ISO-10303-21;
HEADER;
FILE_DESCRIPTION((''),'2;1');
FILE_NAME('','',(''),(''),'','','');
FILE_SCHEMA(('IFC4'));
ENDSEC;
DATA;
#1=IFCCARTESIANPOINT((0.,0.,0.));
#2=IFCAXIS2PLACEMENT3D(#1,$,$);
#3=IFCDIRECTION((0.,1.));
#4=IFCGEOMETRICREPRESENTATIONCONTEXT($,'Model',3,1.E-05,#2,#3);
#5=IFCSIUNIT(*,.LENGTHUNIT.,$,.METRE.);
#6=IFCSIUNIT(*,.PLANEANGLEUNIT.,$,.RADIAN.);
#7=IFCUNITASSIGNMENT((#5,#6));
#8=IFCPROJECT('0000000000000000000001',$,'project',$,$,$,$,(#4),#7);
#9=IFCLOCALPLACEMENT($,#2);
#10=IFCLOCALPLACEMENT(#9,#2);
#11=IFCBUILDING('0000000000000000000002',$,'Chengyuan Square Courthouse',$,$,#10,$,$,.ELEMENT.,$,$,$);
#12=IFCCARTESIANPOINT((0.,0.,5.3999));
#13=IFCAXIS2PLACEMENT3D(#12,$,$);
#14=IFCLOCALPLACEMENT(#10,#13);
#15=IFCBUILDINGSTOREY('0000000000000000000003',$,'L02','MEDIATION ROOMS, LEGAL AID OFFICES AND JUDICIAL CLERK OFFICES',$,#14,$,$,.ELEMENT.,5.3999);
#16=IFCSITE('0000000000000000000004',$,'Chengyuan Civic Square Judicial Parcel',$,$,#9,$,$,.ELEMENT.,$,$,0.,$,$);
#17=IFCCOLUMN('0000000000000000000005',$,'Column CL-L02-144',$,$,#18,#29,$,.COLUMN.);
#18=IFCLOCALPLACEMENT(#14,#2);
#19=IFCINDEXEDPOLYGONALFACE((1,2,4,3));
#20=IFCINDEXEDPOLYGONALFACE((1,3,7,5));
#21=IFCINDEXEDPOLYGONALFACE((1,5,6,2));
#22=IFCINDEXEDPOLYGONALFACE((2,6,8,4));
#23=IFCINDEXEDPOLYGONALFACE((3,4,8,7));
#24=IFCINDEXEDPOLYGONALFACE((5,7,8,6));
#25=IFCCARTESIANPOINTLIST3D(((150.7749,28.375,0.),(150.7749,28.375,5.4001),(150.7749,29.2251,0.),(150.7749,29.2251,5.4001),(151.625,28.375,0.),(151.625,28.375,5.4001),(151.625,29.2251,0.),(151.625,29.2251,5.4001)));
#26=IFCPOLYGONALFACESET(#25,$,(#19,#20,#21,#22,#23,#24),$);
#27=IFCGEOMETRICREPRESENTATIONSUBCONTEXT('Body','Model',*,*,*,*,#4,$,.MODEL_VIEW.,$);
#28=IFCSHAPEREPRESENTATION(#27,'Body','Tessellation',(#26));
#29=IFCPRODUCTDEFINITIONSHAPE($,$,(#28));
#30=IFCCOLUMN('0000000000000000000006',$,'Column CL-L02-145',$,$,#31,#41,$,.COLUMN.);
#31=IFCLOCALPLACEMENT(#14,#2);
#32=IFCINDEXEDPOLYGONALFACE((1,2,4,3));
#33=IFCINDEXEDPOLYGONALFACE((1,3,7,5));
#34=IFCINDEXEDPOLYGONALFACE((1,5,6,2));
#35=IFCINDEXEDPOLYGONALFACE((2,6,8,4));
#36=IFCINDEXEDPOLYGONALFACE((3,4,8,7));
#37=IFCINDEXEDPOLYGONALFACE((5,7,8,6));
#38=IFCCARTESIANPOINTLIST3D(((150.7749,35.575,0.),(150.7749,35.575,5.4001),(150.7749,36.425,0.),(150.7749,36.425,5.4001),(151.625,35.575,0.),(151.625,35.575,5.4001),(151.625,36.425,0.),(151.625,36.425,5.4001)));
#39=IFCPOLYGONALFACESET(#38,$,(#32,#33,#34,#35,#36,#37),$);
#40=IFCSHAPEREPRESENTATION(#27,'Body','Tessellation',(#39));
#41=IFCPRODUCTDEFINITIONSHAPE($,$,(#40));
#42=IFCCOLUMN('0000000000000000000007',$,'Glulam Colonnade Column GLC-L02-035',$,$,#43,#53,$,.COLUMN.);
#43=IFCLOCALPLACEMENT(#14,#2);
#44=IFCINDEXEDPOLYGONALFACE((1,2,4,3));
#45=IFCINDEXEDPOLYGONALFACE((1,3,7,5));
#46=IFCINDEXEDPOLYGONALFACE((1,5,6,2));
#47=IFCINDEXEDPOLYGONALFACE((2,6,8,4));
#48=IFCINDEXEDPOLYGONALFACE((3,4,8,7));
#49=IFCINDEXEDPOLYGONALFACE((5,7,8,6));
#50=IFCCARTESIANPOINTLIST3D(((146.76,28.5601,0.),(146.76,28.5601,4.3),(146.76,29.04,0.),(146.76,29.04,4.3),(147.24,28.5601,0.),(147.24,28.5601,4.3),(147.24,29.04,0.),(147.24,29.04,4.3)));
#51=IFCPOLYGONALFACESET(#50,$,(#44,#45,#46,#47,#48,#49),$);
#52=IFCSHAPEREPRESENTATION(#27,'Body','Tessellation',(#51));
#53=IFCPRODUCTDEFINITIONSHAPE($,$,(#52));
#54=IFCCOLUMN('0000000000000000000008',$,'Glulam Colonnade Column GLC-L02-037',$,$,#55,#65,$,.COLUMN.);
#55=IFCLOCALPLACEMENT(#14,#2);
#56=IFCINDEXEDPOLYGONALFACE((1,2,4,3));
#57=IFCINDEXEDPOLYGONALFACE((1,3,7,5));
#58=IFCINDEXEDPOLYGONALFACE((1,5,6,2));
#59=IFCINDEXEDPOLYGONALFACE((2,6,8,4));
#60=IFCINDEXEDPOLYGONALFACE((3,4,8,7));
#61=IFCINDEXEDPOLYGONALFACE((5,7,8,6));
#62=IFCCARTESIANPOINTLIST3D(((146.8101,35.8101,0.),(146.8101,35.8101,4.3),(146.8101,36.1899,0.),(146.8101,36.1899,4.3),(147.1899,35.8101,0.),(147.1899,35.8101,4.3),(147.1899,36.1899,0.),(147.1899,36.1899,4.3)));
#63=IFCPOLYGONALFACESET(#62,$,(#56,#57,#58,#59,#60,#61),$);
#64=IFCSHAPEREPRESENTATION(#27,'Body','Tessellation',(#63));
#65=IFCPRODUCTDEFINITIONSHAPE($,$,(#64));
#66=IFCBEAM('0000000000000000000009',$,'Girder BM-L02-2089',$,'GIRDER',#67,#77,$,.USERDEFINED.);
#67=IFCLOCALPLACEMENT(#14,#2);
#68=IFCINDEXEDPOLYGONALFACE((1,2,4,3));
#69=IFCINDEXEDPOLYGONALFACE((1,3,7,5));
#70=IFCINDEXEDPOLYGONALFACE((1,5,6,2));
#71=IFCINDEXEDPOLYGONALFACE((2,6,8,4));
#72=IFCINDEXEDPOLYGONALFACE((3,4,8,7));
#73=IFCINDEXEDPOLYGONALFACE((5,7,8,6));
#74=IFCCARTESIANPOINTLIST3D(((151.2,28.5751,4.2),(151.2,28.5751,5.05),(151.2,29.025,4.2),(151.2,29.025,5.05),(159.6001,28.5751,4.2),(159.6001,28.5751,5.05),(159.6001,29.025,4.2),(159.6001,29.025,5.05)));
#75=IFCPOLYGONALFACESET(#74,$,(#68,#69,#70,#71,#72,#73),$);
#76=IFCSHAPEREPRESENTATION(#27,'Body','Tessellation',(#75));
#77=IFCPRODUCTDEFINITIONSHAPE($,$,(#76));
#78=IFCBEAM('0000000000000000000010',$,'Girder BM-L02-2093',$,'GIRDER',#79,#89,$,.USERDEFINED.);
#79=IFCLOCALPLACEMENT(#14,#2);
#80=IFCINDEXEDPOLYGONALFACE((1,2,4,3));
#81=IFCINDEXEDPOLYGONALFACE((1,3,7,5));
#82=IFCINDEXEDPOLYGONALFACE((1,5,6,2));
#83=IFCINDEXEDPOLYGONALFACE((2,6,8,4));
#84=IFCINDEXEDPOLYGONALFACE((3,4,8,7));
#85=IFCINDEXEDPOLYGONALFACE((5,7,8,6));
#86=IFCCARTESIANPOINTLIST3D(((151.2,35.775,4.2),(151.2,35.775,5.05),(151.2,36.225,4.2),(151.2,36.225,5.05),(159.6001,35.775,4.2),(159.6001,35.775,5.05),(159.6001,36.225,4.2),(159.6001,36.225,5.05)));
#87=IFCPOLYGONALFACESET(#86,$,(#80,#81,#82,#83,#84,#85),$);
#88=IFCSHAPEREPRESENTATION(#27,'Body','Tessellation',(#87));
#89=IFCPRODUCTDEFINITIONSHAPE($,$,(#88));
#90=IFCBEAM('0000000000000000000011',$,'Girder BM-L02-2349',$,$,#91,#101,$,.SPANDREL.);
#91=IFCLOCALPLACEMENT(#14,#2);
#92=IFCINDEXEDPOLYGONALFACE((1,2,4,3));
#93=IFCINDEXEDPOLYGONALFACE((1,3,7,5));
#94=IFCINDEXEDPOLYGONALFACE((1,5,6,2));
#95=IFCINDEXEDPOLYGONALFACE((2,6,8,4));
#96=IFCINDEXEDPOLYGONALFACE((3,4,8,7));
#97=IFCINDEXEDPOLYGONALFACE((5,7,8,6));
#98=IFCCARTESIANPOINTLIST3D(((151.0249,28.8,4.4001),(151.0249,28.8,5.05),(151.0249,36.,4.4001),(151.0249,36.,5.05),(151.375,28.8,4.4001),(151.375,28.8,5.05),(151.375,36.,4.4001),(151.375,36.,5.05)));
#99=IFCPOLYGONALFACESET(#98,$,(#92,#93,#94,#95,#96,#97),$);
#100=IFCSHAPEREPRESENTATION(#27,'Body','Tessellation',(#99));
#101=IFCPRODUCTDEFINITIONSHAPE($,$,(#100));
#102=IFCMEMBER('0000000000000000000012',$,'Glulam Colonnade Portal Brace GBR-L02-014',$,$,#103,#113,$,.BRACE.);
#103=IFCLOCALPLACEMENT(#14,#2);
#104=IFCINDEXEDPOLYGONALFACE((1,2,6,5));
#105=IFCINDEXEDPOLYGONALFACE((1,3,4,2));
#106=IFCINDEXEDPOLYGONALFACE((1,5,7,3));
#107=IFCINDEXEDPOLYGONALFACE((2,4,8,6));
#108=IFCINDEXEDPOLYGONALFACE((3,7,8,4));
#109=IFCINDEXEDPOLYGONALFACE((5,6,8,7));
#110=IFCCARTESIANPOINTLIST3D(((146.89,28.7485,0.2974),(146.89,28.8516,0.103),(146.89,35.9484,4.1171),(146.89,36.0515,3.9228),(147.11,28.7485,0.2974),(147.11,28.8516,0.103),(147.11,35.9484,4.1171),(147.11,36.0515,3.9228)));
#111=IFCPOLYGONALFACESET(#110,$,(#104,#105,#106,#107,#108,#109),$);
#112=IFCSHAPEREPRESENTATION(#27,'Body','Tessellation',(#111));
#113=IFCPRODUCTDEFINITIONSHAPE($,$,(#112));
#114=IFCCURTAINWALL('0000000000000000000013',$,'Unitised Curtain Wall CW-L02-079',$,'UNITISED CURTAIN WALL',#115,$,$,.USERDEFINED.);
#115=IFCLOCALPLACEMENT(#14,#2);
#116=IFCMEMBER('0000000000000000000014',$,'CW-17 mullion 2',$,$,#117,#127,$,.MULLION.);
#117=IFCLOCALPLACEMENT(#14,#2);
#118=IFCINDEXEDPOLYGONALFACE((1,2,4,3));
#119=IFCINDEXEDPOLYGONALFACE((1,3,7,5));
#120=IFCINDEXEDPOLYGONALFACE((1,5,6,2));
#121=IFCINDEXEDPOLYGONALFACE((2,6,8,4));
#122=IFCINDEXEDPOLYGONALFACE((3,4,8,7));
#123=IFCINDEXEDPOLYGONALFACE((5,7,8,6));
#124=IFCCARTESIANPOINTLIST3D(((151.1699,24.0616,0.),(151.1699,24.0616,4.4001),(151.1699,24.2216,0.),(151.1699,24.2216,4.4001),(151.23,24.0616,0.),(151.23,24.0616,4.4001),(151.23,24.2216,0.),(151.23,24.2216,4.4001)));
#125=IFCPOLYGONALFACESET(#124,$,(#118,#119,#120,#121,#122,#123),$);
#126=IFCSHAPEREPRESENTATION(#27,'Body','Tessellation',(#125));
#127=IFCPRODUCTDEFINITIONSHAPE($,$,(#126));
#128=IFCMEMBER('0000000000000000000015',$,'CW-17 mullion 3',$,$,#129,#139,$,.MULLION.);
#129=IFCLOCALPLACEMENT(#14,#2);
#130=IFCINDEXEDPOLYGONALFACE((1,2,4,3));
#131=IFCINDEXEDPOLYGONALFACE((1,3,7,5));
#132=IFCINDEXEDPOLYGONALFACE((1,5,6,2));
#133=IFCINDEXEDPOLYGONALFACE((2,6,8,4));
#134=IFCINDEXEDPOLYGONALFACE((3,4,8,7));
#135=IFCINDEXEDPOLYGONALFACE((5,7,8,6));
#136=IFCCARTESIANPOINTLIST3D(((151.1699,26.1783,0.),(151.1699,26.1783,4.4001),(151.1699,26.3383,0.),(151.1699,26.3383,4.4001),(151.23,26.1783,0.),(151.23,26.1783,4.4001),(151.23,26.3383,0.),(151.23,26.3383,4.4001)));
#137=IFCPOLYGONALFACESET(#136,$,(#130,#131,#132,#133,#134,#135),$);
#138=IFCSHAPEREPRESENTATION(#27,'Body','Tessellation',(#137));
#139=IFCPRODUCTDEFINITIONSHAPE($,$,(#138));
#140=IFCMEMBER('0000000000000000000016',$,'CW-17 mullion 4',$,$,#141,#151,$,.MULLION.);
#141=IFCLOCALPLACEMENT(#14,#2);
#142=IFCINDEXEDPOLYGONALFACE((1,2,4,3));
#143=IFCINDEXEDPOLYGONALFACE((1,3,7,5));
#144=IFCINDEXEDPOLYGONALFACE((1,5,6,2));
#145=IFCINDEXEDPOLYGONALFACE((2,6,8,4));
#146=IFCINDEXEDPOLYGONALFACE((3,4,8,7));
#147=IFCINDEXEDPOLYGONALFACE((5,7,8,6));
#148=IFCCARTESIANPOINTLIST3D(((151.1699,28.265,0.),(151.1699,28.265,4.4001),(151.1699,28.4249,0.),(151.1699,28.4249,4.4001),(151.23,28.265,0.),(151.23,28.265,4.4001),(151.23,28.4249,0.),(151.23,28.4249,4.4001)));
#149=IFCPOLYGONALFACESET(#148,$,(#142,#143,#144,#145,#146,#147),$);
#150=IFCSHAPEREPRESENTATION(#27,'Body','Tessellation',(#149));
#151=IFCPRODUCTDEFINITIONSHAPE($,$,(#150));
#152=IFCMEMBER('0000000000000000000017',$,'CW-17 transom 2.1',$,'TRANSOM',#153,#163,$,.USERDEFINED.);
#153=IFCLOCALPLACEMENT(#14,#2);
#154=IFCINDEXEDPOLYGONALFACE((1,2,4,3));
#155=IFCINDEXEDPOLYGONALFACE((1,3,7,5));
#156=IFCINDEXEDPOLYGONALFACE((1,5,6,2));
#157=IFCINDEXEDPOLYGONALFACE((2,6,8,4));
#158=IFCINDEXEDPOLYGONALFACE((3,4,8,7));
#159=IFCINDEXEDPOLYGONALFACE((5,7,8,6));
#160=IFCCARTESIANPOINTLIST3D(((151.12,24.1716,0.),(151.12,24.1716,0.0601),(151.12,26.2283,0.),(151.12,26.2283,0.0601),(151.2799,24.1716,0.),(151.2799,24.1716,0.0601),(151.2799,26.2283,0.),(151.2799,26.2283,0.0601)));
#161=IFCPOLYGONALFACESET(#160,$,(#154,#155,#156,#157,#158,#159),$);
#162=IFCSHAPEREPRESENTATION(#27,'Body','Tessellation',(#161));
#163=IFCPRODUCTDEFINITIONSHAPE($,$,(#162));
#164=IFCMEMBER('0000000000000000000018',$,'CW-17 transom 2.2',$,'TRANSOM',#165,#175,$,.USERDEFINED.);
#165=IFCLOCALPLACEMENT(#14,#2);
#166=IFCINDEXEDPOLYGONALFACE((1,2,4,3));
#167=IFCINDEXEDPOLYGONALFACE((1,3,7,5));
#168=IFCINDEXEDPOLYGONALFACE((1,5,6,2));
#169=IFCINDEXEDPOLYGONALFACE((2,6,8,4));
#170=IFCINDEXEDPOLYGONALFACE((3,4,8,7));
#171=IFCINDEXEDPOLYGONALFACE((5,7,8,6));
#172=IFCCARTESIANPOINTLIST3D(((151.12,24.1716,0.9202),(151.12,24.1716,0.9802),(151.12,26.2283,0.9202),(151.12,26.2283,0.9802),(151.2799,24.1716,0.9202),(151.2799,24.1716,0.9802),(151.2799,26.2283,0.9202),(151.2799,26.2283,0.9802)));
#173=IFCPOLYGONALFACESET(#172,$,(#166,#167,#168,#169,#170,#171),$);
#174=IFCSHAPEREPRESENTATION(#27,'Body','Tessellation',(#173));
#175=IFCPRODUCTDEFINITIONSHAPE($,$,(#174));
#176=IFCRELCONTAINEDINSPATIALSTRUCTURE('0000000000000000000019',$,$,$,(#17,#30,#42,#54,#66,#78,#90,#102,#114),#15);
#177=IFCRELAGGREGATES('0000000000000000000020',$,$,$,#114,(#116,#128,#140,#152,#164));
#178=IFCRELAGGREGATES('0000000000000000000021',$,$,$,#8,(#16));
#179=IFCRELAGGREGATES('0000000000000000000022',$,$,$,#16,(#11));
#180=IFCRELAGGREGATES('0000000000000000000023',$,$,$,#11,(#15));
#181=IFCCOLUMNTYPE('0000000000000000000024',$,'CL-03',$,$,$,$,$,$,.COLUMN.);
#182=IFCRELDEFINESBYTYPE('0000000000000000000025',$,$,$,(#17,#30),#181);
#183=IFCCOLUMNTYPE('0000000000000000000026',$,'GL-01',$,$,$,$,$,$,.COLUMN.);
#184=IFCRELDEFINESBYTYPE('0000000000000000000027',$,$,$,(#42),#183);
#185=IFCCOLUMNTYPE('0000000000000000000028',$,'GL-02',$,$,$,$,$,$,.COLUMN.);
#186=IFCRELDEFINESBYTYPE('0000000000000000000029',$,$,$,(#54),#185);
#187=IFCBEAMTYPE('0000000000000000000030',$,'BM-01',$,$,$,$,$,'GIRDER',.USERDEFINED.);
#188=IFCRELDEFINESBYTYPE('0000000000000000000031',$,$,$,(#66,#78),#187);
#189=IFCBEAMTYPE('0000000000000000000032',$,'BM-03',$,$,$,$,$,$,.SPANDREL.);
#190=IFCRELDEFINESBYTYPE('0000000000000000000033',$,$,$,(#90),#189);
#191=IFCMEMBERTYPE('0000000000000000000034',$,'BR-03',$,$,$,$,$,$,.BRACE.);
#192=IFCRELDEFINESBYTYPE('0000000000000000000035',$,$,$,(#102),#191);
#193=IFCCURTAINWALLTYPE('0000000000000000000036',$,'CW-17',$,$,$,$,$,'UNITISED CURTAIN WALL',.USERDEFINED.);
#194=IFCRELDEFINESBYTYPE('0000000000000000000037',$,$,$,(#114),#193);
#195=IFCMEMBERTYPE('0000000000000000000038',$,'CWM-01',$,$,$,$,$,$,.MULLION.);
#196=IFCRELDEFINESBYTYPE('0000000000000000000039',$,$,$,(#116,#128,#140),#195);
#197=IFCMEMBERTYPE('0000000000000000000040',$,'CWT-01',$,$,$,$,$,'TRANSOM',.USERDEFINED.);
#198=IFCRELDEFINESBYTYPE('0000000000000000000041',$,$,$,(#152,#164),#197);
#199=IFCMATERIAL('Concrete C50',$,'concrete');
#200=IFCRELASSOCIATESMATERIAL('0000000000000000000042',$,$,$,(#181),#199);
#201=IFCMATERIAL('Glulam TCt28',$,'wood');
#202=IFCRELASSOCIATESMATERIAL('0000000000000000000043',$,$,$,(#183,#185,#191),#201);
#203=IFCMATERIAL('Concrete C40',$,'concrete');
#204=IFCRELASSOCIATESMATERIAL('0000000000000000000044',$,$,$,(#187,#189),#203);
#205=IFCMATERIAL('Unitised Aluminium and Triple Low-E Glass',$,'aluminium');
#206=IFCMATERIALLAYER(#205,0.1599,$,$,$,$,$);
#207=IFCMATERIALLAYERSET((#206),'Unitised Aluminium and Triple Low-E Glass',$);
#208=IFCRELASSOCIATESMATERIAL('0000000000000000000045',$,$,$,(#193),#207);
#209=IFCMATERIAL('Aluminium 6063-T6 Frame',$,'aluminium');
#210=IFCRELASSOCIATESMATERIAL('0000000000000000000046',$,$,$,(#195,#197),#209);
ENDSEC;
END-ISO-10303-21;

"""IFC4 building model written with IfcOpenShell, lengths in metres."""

from ifc_helpers import new_model, si_unit, direction, frame, origin, origin_2d, place, context, subcontext, project, spatial, rectangle, extrude, material, layer, layer_set, material_profile, profile_set, type_object, element, aggregate, save


model = new_model("IFC4")

# Units and contexts
model_context = context("Model", 3, precision=1e-05, world=origin(), true_north=direction((0.0, 1.0)))
body_context = subcontext(model_context, "Body", "Model", "MODEL_VIEW")
ifc_project = project(units=[si_unit("LENGTHUNIT", "METRE"), si_unit("PLANEANGLEUNIT", "RADIAN")], contexts=[model_context])

# Site, building, storey
site_placement = place(None, origin())
site = spatial("IfcSite", under=ifc_project, at=site_placement, Name="Chengyuan Civic Square Judicial Parcel", CompositionType="ELEMENT", RefElevation=0.0)
building_placement = place(site_placement, origin())
building = spatial("IfcBuilding", under=site, at=building_placement, Name="Chengyuan Square Courthouse", CompositionType="ELEMENT")
storey_placement = place(building_placement, frame((0.0, 0.0, 5.3999)))
storey = spatial("IfcBuildingStorey", under=building, at=storey_placement, Name="L02", Description="MEDIATION ROOMS, LEGAL AID OFFICES AND JUDICIAL CLERK OFFICES", CompositionType="ELEMENT", Elevation=5.3999)

# Columns
ifc_material_1 = material(Name="Concrete C50", Category="concrete")
ifc_material_profile_1 = material_profile(ifc_material_1, rectangle(XDim=0.8501, YDim=0.8501, at=origin_2d()), Name="RC-COL-850x850")
ifc_profile_set_1 = profile_set([ifc_material_profile_1], Name="Concrete C50")
column_type_1 = type_object("IfcColumnType", Name="CL-03", PredefinedType="COLUMN", material=ifc_profile_set_1)
for number, where, z_axis, x_axis, name in (
    (1, (151.2, 28.8, 0.0), (0.0, 0.0, 1.0), (1.0, 0.0, 0.0), "Column CL-L02-144"),
    (2, (151.2, 36.0, 0.0), (0.0, 0.0, 1.0), (1.0, 0.0, 0.0), "Column CL-L02-145"),
):
    element("IfcColumn", number, at=place(storey_placement, frame(where, z_axis=z_axis, x_axis=x_axis)), inside=storey, type_object=column_type_1, Name=name, PredefinedType="COLUMN", context=body_context, shape_type="SweptSolid", body=[
        extrude(rectangle(XDim=0.8501, YDim=0.8501, at=origin_2d()), origin(), (0.0, 0.0, 1.0), 5.4001),
    ])
ifc_material_2 = material(Name="Glulam TCt28", Category="wood")
ifc_material_profile_2 = material_profile(ifc_material_2, rectangle(XDim=0.48, YDim=0.48, at=origin_2d()), Name="GL-COL-480x480")
ifc_profile_set_2 = profile_set([ifc_material_profile_2], Name="Glulam TCt28")
column_type_2 = type_object("IfcColumnType", Name="GL-01", PredefinedType="COLUMN", material=ifc_profile_set_2)
column_1_placement = place(storey_placement, frame((147.0, 28.8, 0.0), z_axis=(0.0, 0.0, 1.0), x_axis=(1.0, 0.0, 0.0)))
element("IfcColumn", 3, at=column_1_placement, inside=storey, type_object=column_type_2, Name="Glulam Colonnade Column GLC-L02-035", PredefinedType="COLUMN", context=body_context, shape_type="SweptSolid", body=[
    extrude(rectangle(XDim=0.48, YDim=0.48, at=origin_2d()), origin(), (0.0, 0.0, 1.0), 4.3),
])
ifc_material_profile_3 = material_profile(ifc_material_2, rectangle(XDim=0.3799, YDim=0.3799, at=origin_2d()), Name="GL-COL-380x380")
ifc_profile_set_3 = profile_set([ifc_material_profile_3], Name="Glulam TCt28")
column_type_3 = type_object("IfcColumnType", Name="GL-02", PredefinedType="COLUMN", material=ifc_profile_set_3)
column_2_placement = place(storey_placement, frame((147.0, 36.0, 0.0), z_axis=(0.0, 0.0, 1.0), x_axis=(1.0, 0.0, 0.0)))
element("IfcColumn", 4, at=column_2_placement, inside=storey, type_object=column_type_3, Name="Glulam Colonnade Column GLC-L02-037", PredefinedType="COLUMN", context=body_context, shape_type="SweptSolid", body=[
    extrude(rectangle(XDim=0.3799, YDim=0.3799, at=origin_2d()), origin(), (0.0, 0.0, 1.0), 4.3),
])

# Beams
ifc_material_3 = material(Name="Concrete C40", Category="concrete")
ifc_material_profile_4 = material_profile(ifc_material_3, rectangle(XDim=0.45, YDim=0.8501, at=origin_2d()), Name="RC-BM-450x850")
ifc_profile_set_4 = profile_set([ifc_material_profile_4], Name="Concrete C40")
beam_type_1 = type_object("IfcBeamType", Name="BM-01", ElementType="GIRDER", PredefinedType="USERDEFINED", material=ifc_profile_set_4)
for number, where, z_axis, x_axis, name in (
    (5, (151.2, 28.8, 4.625), (1.0, 0.0, 0.0), (0.0, 1.0, 0.0), "Girder BM-L02-2089"),
    (6, (151.2, 36.0, 4.625), (1.0, 0.0, 0.0), (0.0, 1.0, 0.0), "Girder BM-L02-2093"),
):
    element("IfcBeam", number, at=place(storey_placement, frame(where, z_axis=z_axis, x_axis=x_axis)), inside=storey, type_object=beam_type_1, Name=name, ObjectType="GIRDER", PredefinedType="USERDEFINED", context=body_context, shape_type="SweptSolid", body=[
        extrude(rectangle(XDim=0.45, YDim=0.8501, at=origin_2d()), origin(), (0.0, 0.0, 1.0), 8.4001),
    ])
ifc_material_profile_5 = material_profile(ifc_material_3, rectangle(XDim=0.3501, YDim=0.6499, at=origin_2d()), Name="RC-BM-350x650")
ifc_profile_set_5 = profile_set([ifc_material_profile_5], Name="Concrete C40")
beam_type_2 = type_object("IfcBeamType", Name="BM-03", PredefinedType="SPANDREL", material=ifc_profile_set_5)
beam_placement = place(storey_placement, frame((151.2, 28.8, 4.7251), z_axis=(0.0, 1.0, 0.0), x_axis=(-1.0, 0.0, 0.0)))
element("IfcBeam", 7, at=beam_placement, inside=storey, type_object=beam_type_2, Name="Girder BM-L02-2349", PredefinedType="SPANDREL", context=body_context, shape_type="SweptSolid", body=[
    extrude(rectangle(XDim=0.3501, YDim=0.6499, at=origin_2d()), origin(), (0.0, 0.0, 1.0), 7.2),
])

# Member
ifc_material_profile_6 = material_profile(ifc_material_2, rectangle(XDim=0.22, YDim=0.22, at=origin_2d()), Name="GL-BR-220x220")
ifc_profile_set_6 = profile_set([ifc_material_profile_6], Name="Glulam TCt28")
member_type_1 = type_object("IfcMemberType", Name="BR-03", PredefinedType="BRACE", material=ifc_profile_set_6)
member_1_placement = place(storey_placement, frame((147.0, 28.8, 0.2002), z_axis=(0.0, 0.883377, 0.468662), x_axis=(-1.0, 0.0, 0.0)))
element("IfcMember", 8, at=member_1_placement, inside=storey, type_object=member_type_1, Name="Glulam Colonnade Portal Brace GBR-L02-014", PredefinedType="BRACE", context=body_context, shape_type="SweptSolid", body=[
    extrude(rectangle(XDim=0.22, YDim=0.22, at=origin_2d()), origin(), (0.0, 0.0, 1.0), 8.1504),
])

# Curtain wall, members
ifc_material_4 = material(Name="Unitised Aluminium and Triple Low-E Glass", Category="aluminium")
ifc_layer_1 = layer(ifc_material_4, 0.1599)
ifc_layer_set_1 = layer_set([ifc_layer_1], Name="Unitised Aluminium and Triple Low-E Glass")
curtain_wall_type = type_object("IfcCurtainWallType", Name="CW-17", ElementType="UNITISED CURTAIN WALL", PredefinedType="USERDEFINED", material=ifc_layer_set_1)
curtain_wall_placement = place(storey_placement, origin())
curtain_wall = element("IfcCurtainWall", 9, at=curtain_wall_placement, inside=storey, type_object=curtain_wall_type, Name="Unitised Curtain Wall CW-L02-079", ObjectType="UNITISED CURTAIN WALL", PredefinedType="USERDEFINED")
ifc_material_5 = material(Name="Aluminium 6063-T6 Frame", Category="aluminium")
ifc_material_profile_7 = material_profile(ifc_material_5, rectangle(XDim=0.0601, YDim=0.1599, at=origin_2d()), Name="CW-MUL-60x160")
ifc_profile_set_7 = profile_set([ifc_material_profile_7], Name="Aluminium 6063-T6 Frame")
member_type_2 = type_object("IfcMemberType", Name="CWM-01", PredefinedType="MULLION", material=ifc_profile_set_7)
member_2_placement = place(storey_placement, frame((151.2, 24.1416, 0.0), z_axis=(0.0, 0.0, 1.0), x_axis=(-1.0, 0.0, 0.0)))
member_2 = element("IfcMember", 10, at=member_2_placement, type_object=member_type_2, Name="CW-17 mullion 2", PredefinedType="MULLION", context=body_context, shape_type="SweptSolid", body=[
    extrude(rectangle(XDim=0.0601, YDim=0.1599, at=origin_2d()), origin(), (0.0, 0.0, 1.0), 4.4001),
])
member_3_placement = place(storey_placement, frame((151.2, 26.2583, 0.0), z_axis=(0.0, 0.0, 1.0), x_axis=(-1.0, 0.0, 0.0)))
member_3 = element("IfcMember", 11, at=member_3_placement, type_object=member_type_2, Name="CW-17 mullion 3", PredefinedType="MULLION", context=body_context, shape_type="SweptSolid", body=[
    extrude(rectangle(XDim=0.0601, YDim=0.1599, at=origin_2d()), origin(), (0.0, 0.0, 1.0), 4.4001),
])
member_4_placement = place(storey_placement, frame((151.2, 28.345, 0.0), z_axis=(0.0, 0.0, 1.0), x_axis=(-1.0, 0.0, 0.0)))
member_4 = element("IfcMember", 12, at=member_4_placement, type_object=member_type_2, Name="CW-17 mullion 4", PredefinedType="MULLION", context=body_context, shape_type="SweptSolid", body=[
    extrude(rectangle(XDim=0.0601, YDim=0.1599, at=origin_2d()), origin(), (0.0, 0.0, 1.0), 4.4001),
])
ifc_material_profile_8 = material_profile(ifc_material_5, rectangle(XDim=0.1599, YDim=0.0601, at=origin_2d()), Name="CW-TRN-60x120")
ifc_profile_set_8 = profile_set([ifc_material_profile_8], Name="Aluminium 6063-T6 Frame")
member_type_3 = type_object("IfcMemberType", Name="CWT-01", ElementType="TRANSOM", PredefinedType="USERDEFINED", material=ifc_profile_set_8)
member_5_placement = place(storey_placement, frame((151.2, 24.1716, 0.03), z_axis=(0.0, 1.0, 0.0), x_axis=(-1.0, 0.0, 0.0)))
member_5 = element("IfcMember", 13, at=member_5_placement, type_object=member_type_3, Name="CW-17 transom 2.1", ObjectType="TRANSOM", PredefinedType="USERDEFINED", context=body_context, shape_type="SweptSolid", body=[
    extrude(rectangle(XDim=0.1599, YDim=0.0601, at=origin_2d()), origin(), (0.0, 0.0, 1.0), 2.0566),
])
member_6_placement = place(storey_placement, frame((151.2, 24.1716, 0.9502), z_axis=(0.0, 1.0, 0.0), x_axis=(-1.0, 0.0, 0.0)))
member_6 = element("IfcMember", 14, at=member_6_placement, type_object=member_type_3, Name="CW-17 transom 2.2", ObjectType="TRANSOM", PredefinedType="USERDEFINED", context=body_context, shape_type="SweptSolid", body=[
    extrude(rectangle(XDim=0.1599, YDim=0.0601, at=origin_2d()), origin(), (0.0, 0.0, 1.0), 2.0566),
])

aggregate(curtain_wall, [member_2, member_3, member_4, member_5, member_6])

save(model, "model.ifc")
